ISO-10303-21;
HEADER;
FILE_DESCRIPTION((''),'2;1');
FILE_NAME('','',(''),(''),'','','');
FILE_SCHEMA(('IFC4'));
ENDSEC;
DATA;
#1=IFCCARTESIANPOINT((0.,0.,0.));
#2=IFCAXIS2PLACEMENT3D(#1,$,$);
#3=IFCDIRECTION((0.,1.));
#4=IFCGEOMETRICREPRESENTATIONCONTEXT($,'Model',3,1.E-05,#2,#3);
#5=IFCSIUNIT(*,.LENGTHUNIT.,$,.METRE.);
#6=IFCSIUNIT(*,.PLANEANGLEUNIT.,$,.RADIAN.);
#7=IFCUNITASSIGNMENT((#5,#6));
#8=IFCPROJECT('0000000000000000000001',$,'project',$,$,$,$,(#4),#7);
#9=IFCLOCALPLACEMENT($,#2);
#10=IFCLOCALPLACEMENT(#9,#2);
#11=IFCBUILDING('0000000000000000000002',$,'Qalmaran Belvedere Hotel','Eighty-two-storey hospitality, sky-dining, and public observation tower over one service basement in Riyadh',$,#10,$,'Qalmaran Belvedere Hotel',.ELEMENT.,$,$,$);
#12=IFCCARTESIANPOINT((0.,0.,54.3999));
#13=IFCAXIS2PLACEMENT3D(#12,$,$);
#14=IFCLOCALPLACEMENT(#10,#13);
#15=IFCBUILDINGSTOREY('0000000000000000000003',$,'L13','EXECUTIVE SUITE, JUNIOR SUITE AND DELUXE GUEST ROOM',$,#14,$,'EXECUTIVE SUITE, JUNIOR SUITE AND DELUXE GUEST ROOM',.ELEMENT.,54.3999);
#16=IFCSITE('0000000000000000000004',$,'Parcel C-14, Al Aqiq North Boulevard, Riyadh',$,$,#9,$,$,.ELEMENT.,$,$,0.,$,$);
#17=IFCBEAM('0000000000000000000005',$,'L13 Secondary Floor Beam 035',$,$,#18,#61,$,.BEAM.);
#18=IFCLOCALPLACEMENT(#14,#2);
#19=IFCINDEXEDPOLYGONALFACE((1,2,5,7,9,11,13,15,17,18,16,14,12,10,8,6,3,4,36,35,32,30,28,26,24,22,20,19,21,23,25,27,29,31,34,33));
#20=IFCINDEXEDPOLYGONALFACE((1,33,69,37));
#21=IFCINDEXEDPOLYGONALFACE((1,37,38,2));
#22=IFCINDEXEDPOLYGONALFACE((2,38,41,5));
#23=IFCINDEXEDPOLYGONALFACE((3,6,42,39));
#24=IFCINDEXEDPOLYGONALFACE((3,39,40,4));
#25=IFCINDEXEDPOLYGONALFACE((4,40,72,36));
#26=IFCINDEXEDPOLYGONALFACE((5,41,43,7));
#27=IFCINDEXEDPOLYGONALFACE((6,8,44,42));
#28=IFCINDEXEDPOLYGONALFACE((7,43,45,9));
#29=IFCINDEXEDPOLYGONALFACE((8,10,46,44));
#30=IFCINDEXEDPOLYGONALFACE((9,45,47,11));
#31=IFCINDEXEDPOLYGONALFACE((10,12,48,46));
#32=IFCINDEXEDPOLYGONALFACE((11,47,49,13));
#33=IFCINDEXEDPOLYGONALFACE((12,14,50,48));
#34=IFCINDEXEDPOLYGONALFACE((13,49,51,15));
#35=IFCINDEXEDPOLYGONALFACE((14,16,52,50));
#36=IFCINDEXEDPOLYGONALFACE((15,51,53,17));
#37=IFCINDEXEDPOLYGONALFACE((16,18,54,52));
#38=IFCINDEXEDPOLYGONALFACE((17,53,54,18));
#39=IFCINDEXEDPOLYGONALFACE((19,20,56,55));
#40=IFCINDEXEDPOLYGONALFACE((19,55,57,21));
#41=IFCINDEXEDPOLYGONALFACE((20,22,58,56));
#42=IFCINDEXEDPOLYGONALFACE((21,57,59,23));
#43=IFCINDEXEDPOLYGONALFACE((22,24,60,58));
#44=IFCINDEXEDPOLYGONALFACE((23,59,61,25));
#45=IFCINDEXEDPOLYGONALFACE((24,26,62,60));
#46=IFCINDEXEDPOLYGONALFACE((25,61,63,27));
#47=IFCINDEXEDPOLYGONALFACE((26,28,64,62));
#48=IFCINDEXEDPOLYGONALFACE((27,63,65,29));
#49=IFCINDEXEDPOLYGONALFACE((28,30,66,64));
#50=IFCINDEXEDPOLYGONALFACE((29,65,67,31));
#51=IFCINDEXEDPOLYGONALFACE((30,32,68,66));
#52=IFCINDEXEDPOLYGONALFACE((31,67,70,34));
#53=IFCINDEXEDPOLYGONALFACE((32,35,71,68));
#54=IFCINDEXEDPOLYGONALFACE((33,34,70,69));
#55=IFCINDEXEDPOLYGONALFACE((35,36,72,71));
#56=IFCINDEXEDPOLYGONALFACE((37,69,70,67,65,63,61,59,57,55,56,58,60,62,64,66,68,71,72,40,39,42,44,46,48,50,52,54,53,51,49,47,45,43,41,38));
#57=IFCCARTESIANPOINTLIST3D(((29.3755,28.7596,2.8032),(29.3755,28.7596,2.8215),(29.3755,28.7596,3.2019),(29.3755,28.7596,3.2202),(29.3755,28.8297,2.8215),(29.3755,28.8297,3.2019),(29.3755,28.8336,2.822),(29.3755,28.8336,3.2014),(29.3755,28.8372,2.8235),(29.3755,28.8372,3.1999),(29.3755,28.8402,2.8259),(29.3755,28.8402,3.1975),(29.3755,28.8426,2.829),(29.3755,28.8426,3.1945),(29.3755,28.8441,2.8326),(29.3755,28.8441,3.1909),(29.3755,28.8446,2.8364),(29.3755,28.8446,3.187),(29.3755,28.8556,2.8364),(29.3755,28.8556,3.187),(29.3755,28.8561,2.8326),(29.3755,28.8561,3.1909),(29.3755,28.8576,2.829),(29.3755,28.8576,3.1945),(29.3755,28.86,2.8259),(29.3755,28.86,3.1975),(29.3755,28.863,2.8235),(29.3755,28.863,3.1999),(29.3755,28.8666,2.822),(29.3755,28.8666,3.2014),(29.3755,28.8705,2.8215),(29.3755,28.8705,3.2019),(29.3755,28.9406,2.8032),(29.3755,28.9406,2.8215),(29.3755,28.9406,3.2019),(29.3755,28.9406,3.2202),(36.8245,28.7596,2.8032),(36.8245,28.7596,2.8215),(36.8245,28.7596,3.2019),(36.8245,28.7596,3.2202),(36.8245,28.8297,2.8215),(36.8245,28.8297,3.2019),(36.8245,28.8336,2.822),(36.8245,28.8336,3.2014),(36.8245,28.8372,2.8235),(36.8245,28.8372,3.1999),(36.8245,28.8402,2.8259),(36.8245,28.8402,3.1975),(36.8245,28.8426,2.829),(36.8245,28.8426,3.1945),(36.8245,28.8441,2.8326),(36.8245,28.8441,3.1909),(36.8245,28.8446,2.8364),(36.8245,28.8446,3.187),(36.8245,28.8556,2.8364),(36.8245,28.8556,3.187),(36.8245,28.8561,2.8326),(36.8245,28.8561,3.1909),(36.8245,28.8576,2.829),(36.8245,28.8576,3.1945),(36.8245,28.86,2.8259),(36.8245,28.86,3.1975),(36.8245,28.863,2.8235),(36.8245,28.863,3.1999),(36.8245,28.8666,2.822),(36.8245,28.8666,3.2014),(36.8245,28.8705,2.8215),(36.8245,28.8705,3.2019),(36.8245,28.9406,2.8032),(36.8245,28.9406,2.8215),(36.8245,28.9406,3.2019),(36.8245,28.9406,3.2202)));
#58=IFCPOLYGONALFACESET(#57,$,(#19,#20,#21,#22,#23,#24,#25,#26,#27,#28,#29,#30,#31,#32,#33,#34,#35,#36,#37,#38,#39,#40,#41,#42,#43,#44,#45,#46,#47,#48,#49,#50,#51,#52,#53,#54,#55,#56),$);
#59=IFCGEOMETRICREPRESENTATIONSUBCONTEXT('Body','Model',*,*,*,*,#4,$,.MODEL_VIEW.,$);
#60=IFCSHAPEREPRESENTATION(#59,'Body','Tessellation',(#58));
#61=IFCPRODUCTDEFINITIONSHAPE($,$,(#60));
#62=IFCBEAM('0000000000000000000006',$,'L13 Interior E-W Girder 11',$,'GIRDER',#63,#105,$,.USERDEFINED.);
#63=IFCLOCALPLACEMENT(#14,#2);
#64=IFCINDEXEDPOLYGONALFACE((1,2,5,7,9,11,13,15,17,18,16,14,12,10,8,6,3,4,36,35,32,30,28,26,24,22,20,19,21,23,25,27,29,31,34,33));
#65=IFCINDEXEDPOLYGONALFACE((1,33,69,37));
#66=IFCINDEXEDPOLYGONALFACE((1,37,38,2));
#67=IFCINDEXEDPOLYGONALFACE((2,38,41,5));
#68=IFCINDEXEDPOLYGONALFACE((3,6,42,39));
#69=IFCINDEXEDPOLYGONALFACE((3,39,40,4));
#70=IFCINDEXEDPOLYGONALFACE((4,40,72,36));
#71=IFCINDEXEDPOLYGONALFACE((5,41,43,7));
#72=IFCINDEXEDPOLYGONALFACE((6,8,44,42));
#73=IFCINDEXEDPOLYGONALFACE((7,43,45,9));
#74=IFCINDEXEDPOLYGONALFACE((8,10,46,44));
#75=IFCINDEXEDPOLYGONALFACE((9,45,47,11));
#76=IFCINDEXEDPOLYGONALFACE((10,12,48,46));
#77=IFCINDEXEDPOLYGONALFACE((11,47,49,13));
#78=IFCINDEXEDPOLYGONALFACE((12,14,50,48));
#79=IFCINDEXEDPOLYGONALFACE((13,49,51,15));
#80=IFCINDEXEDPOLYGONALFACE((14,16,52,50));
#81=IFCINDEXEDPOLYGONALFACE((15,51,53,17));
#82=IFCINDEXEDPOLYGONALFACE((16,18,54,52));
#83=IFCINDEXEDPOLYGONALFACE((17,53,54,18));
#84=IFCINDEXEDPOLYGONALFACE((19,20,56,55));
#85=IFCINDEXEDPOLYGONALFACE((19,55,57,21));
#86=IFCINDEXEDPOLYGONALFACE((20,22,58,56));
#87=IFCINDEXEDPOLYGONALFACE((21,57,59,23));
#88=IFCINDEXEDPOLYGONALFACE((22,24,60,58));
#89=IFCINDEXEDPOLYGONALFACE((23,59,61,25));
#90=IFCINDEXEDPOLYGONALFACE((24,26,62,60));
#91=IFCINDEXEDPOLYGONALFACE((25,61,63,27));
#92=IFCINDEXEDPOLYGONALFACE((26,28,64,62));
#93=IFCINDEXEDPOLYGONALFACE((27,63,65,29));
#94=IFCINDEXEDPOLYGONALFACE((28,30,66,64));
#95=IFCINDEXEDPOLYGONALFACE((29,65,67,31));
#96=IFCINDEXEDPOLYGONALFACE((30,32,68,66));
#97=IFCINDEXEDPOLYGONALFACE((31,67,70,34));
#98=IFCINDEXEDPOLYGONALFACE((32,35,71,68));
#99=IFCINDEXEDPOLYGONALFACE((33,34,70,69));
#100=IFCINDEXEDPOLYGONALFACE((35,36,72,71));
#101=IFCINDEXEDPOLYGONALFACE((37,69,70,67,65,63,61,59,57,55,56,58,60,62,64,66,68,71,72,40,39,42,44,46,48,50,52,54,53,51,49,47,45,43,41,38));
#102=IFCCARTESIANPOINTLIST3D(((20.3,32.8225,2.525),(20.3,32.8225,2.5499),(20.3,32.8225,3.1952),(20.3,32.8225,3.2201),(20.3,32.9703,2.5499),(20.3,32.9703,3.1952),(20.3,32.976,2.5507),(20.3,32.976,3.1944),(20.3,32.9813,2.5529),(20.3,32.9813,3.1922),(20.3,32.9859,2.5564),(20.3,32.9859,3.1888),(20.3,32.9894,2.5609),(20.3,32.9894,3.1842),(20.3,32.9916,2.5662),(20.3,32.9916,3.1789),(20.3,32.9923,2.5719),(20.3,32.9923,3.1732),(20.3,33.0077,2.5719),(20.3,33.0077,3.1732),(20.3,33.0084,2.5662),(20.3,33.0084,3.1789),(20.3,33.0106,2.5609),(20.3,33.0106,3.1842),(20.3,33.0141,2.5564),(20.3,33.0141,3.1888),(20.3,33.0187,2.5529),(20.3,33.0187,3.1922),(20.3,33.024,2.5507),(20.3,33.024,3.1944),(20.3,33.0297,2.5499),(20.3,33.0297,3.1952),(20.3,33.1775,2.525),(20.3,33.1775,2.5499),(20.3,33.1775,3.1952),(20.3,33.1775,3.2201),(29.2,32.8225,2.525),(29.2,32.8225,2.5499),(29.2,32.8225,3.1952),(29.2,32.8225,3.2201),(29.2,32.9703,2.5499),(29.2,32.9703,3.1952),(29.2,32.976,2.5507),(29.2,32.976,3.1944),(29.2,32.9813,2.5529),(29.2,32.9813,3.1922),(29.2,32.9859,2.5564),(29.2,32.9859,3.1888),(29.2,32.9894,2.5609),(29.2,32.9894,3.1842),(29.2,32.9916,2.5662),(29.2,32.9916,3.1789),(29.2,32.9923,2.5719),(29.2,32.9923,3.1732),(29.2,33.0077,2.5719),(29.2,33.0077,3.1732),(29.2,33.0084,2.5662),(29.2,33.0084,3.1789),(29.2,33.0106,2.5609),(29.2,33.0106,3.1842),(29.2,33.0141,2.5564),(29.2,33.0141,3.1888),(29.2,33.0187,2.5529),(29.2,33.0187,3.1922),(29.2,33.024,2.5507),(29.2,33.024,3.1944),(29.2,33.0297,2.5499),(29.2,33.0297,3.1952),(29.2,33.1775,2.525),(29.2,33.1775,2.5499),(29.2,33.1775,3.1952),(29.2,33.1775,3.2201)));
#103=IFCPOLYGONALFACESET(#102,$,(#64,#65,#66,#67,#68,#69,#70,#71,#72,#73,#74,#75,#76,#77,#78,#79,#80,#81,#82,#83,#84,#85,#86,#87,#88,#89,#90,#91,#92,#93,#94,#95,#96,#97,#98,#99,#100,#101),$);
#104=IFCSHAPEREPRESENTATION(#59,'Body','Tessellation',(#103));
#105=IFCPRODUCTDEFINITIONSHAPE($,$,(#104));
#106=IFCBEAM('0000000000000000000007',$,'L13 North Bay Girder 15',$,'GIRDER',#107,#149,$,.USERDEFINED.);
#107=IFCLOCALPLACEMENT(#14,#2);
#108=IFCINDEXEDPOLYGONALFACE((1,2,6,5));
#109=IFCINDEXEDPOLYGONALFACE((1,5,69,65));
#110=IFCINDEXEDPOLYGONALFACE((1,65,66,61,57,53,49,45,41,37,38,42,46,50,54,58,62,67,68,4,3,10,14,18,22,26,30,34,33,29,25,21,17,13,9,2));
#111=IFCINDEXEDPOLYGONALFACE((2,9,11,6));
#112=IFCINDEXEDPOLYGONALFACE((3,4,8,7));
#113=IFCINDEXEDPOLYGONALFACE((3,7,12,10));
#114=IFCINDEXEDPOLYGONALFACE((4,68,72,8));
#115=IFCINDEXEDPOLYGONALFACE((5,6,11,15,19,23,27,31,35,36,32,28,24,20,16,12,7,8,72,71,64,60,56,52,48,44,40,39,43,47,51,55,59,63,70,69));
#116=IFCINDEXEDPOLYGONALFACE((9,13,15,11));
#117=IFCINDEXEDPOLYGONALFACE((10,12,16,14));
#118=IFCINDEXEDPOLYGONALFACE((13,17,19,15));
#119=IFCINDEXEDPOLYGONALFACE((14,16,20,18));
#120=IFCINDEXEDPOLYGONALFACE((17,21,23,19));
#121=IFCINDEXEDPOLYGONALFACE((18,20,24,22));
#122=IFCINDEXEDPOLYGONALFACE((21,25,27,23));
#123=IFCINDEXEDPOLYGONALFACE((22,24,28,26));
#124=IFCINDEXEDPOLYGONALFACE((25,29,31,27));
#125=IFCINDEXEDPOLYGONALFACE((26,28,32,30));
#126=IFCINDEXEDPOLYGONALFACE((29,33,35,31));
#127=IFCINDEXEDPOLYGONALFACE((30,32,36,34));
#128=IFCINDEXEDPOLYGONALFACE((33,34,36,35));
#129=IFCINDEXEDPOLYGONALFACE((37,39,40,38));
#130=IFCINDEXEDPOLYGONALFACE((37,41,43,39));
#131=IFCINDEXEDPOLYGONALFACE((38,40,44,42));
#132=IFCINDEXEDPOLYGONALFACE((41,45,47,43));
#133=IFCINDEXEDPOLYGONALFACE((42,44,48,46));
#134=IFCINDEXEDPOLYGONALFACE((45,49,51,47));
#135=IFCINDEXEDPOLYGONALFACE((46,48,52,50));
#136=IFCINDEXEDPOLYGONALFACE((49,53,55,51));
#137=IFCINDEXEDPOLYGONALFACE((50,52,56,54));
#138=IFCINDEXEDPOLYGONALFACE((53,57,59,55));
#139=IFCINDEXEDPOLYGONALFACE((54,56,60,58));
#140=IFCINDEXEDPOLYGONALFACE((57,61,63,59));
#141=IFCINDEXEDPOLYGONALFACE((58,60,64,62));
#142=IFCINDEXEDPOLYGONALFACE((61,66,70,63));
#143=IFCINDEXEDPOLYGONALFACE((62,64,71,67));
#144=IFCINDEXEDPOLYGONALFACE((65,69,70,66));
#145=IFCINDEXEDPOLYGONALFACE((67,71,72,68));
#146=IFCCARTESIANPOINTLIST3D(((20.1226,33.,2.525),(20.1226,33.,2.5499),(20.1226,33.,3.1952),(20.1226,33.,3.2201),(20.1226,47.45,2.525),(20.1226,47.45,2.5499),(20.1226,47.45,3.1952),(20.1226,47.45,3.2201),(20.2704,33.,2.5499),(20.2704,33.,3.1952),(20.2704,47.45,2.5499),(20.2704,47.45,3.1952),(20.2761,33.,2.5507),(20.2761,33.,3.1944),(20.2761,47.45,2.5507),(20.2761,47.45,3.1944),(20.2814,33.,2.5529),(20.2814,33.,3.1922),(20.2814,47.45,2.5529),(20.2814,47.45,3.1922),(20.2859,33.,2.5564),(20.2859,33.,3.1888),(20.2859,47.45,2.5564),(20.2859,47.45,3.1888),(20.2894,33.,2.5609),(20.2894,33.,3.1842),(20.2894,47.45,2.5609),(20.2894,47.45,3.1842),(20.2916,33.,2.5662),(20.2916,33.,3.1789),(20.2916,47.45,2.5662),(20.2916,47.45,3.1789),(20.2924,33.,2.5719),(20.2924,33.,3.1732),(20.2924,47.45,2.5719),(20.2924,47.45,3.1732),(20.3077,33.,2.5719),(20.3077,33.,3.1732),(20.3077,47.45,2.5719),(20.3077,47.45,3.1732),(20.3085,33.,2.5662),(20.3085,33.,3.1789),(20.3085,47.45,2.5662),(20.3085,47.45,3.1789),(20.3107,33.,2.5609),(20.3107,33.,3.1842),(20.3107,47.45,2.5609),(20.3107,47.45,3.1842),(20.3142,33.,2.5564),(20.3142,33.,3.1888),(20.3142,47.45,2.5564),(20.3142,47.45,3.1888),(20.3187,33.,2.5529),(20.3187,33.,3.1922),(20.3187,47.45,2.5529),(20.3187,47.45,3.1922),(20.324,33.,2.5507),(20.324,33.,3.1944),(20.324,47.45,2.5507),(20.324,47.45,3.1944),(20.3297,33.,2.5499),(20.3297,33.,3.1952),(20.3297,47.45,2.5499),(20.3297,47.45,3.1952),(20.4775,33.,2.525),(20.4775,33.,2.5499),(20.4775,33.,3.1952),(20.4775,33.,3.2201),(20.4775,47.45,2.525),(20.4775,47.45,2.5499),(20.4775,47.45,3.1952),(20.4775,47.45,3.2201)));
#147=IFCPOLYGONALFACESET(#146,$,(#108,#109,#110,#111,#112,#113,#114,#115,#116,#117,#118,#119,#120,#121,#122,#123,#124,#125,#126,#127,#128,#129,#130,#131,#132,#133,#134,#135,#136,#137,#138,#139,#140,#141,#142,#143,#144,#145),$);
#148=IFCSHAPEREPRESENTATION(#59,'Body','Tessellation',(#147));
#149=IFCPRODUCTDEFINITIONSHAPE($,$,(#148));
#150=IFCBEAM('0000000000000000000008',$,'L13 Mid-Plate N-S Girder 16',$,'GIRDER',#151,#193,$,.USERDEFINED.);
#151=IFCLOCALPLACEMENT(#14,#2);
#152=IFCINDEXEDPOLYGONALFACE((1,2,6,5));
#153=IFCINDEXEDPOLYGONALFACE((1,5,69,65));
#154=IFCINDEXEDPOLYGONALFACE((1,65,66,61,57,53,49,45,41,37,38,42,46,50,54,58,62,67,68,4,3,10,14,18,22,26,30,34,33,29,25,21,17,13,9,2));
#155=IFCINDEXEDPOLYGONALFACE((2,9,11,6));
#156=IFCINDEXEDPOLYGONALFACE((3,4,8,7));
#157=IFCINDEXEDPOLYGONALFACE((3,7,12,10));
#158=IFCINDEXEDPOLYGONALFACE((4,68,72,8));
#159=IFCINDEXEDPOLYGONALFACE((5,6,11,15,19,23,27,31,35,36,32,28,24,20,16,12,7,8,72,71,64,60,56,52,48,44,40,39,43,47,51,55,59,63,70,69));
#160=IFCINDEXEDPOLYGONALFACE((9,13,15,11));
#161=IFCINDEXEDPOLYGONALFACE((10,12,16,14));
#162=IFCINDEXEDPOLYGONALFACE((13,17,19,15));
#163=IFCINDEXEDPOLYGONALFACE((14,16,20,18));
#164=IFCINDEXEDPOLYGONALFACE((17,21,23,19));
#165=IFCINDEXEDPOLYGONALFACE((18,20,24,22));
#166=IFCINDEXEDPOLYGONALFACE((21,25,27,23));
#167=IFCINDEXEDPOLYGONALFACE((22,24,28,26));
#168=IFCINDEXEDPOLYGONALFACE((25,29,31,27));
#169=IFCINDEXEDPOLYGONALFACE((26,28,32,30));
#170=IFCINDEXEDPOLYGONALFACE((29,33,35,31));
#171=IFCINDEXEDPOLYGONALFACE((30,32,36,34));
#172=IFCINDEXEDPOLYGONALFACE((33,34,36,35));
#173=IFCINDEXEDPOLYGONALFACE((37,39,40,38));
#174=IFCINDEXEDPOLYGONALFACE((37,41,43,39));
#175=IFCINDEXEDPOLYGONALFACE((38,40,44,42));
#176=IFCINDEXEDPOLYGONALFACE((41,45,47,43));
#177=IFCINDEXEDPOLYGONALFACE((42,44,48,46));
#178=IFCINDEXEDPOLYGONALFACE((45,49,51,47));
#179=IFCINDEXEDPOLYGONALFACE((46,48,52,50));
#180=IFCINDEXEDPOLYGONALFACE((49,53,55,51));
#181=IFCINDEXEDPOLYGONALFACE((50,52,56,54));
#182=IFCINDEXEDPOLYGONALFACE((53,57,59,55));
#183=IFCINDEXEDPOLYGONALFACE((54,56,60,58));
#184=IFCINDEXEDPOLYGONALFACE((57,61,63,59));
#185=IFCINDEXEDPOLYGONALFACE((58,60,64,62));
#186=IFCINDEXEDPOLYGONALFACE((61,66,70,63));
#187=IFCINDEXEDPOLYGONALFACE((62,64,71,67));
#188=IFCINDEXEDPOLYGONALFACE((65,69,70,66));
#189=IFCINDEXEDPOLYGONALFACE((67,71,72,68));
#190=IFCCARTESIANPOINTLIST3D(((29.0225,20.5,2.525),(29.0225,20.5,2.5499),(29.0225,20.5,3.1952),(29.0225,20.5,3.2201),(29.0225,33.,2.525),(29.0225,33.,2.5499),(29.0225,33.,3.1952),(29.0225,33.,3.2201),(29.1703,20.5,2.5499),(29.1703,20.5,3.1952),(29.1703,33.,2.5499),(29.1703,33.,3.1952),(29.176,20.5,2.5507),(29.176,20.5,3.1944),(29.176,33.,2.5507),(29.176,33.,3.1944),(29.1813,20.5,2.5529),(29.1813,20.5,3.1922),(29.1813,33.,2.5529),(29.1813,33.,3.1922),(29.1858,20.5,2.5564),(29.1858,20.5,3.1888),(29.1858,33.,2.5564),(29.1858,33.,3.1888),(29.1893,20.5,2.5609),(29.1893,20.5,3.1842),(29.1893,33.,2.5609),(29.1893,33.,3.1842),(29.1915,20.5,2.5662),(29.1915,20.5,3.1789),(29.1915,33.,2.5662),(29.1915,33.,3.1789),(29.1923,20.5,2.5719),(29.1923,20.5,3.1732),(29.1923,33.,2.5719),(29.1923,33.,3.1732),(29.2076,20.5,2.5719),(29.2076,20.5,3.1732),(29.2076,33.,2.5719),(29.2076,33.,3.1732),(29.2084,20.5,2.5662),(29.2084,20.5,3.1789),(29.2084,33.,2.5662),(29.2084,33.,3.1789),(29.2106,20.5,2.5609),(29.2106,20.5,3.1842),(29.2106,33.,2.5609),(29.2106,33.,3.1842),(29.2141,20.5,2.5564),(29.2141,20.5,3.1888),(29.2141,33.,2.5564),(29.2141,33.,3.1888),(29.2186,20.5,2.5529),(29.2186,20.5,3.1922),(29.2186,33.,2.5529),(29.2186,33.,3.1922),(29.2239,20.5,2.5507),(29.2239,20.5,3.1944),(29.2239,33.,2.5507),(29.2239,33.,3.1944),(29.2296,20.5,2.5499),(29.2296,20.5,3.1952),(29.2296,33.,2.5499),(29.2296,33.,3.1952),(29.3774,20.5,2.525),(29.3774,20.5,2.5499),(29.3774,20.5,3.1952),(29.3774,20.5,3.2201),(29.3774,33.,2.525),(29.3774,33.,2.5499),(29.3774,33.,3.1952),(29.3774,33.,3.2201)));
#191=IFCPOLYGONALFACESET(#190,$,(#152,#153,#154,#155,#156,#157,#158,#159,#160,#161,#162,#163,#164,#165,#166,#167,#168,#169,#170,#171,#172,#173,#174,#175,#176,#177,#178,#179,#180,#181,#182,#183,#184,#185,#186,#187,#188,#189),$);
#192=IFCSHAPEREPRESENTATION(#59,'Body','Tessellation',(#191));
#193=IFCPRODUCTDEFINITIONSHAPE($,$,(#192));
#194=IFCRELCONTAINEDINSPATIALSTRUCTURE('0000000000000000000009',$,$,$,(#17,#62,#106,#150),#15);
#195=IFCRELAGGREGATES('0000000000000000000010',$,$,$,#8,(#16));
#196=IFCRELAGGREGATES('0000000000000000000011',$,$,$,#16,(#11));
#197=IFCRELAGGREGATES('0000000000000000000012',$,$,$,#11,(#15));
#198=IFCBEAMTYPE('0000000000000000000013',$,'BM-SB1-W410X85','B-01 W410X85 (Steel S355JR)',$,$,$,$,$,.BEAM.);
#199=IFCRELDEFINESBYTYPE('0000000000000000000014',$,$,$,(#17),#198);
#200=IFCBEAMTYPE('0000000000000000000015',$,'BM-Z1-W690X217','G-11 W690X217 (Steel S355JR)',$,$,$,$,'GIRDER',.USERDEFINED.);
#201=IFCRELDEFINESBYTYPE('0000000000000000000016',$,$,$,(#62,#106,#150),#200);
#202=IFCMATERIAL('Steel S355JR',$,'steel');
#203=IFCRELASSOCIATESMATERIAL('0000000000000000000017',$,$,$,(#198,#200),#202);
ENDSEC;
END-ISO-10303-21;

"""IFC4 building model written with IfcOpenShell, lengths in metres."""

from ifc_helpers import new_model, si_unit, direction, frame, origin, origin_2d, place, context, subcontext, project, spatial, i_section, extrude, material, material_profile, profile_set, type_object, element, save


model = new_model("IFC4")

# Units and contexts
model_context = context("Model", 3, precision=1e-05, world=origin(), true_north=direction((0.0, 1.0)))
body_context = subcontext(model_context, "Body", "Model", "MODEL_VIEW")
ifc_project = project(units=[si_unit("LENGTHUNIT", "METRE"), si_unit("PLANEANGLEUNIT", "RADIAN")], contexts=[model_context])

# Site, building, storey
site_placement = place(None, origin())
site = spatial("IfcSite", under=ifc_project, at=site_placement, Name="Parcel C-14, Al Aqiq North Boulevard, Riyadh", CompositionType="ELEMENT", RefElevation=0.0)
building_placement = place(site_placement, origin())
building = spatial("IfcBuilding", under=site, at=building_placement, Name="Qalmaran Belvedere Hotel", Description="Eighty-two-storey hospitality, sky-dining, and public observation tower over one service basement in Riyadh", LongName="Qalmaran Belvedere Hotel", CompositionType="ELEMENT")
storey_placement = place(building_placement, frame((0.0, 0.0, 54.3999)))
storey = spatial("IfcBuildingStorey", under=building, at=storey_placement, Name="L13", Description="EXECUTIVE SUITE, JUNIOR SUITE AND DELUXE GUEST ROOM", LongName="EXECUTIVE SUITE, JUNIOR SUITE AND DELUXE GUEST ROOM", CompositionType="ELEMENT", Elevation=54.3999)

# Beams
ifc_material_1 = material(Name="Steel S355JR", Category="steel")
ifc_material_profile_1 = material_profile(ifc_material_1, i_section(OverallWidth=0.1809, OverallDepth=0.417, WebThickness=0.011, FlangeThickness=0.0183, FilletRadius=0.0149, at=origin_2d()), Name="W410X85")
ifc_profile_set_1 = profile_set([ifc_material_profile_1], Name="Steel S355JR")
beam_type_1 = type_object("IfcBeamType", Name="BM-SB1-W410X85", Description="B-01 W410X85 (Steel S355JR)", PredefinedType="BEAM", material=ifc_profile_set_1)
beam_1_placement = place(storey_placement, frame((29.3755, 28.8501, 3.0117), z_axis=(1.0, 0.0, 0.0), x_axis=(0.0, 1.0, 0.0)))
element("IfcBeam", 1, at=beam_1_placement, inside=storey, type_object=beam_type_1, Name="L13 Secondary Floor Beam 035", PredefinedType="BEAM", context=body_context, shape_type="SweptSolid", body=[
    extrude(i_section(OverallWidth=0.1809, OverallDepth=0.417, WebThickness=0.011, FlangeThickness=0.0183, FilletRadius=0.0149, at=origin_2d()), origin(), (0.0, 0.0, 1.0), 7.449),
])
ifc_material_profile_2 = material_profile(ifc_material_1, i_section(OverallWidth=0.355, OverallDepth=0.6951, WebThickness=0.0154, FlangeThickness=0.0249, FilletRadius=0.022, at=origin_2d()), Name="W690X217")
ifc_profile_set_2 = profile_set([ifc_material_profile_2], Name="Steel S355JR")
beam_type_2 = type_object("IfcBeamType", Name="BM-Z1-W690X217", Description="G-11 W690X217 (Steel S355JR)", ElementType="GIRDER", PredefinedType="USERDEFINED", material=ifc_profile_set_2)
beam_2_placement = place(storey_placement, frame((20.3, 33.0, 2.8726), z_axis=(1.0, 0.0, 0.0), x_axis=(0.0, 1.0, 0.0)))
element("IfcBeam", 2, at=beam_2_placement, inside=storey, type_object=beam_type_2, Name="L13 Interior E-W Girder 11", ObjectType="GIRDER", PredefinedType="USERDEFINED", context=body_context, shape_type="SweptSolid", body=[
    extrude(i_section(OverallWidth=0.355, OverallDepth=0.6951, WebThickness=0.0154, FlangeThickness=0.0249, FilletRadius=0.022, at=origin_2d()), origin(), (0.0, 0.0, 1.0), 8.8999),
])
beam_3_placement = place(storey_placement, frame((20.3, 33.0, 2.8726), z_axis=(0.0, 1.0, 0.0), x_axis=(-1.0, 0.0, 0.0)))
element("IfcBeam", 3, at=beam_3_placement, inside=storey, type_object=beam_type_2, Name="L13 North Bay Girder 15", ObjectType="GIRDER", PredefinedType="USERDEFINED", context=body_context, shape_type="SweptSolid", body=[
    extrude(i_section(OverallWidth=0.355, OverallDepth=0.6951, WebThickness=0.0154, FlangeThickness=0.0249, FilletRadius=0.022, at=origin_2d()), origin(), (0.0, 0.0, 1.0), 14.45),
])
beam_4_placement = place(storey_placement, frame((29.2, 20.5, 2.8726), z_axis=(0.0, 1.0, 0.0), x_axis=(-1.0, 0.0, 0.0)))
element("IfcBeam", 4, at=beam_4_placement, inside=storey, type_object=beam_type_2, Name="L13 Mid-Plate N-S Girder 16", ObjectType="GIRDER", PredefinedType="USERDEFINED", context=body_context, shape_type="SweptSolid", body=[
    extrude(i_section(OverallWidth=0.355, OverallDepth=0.6951, WebThickness=0.0154, FlangeThickness=0.0249, FilletRadius=0.022, at=origin_2d()), origin(), (0.0, 0.0, 1.0), 12.5),
])

save(model, "model.ifc")
